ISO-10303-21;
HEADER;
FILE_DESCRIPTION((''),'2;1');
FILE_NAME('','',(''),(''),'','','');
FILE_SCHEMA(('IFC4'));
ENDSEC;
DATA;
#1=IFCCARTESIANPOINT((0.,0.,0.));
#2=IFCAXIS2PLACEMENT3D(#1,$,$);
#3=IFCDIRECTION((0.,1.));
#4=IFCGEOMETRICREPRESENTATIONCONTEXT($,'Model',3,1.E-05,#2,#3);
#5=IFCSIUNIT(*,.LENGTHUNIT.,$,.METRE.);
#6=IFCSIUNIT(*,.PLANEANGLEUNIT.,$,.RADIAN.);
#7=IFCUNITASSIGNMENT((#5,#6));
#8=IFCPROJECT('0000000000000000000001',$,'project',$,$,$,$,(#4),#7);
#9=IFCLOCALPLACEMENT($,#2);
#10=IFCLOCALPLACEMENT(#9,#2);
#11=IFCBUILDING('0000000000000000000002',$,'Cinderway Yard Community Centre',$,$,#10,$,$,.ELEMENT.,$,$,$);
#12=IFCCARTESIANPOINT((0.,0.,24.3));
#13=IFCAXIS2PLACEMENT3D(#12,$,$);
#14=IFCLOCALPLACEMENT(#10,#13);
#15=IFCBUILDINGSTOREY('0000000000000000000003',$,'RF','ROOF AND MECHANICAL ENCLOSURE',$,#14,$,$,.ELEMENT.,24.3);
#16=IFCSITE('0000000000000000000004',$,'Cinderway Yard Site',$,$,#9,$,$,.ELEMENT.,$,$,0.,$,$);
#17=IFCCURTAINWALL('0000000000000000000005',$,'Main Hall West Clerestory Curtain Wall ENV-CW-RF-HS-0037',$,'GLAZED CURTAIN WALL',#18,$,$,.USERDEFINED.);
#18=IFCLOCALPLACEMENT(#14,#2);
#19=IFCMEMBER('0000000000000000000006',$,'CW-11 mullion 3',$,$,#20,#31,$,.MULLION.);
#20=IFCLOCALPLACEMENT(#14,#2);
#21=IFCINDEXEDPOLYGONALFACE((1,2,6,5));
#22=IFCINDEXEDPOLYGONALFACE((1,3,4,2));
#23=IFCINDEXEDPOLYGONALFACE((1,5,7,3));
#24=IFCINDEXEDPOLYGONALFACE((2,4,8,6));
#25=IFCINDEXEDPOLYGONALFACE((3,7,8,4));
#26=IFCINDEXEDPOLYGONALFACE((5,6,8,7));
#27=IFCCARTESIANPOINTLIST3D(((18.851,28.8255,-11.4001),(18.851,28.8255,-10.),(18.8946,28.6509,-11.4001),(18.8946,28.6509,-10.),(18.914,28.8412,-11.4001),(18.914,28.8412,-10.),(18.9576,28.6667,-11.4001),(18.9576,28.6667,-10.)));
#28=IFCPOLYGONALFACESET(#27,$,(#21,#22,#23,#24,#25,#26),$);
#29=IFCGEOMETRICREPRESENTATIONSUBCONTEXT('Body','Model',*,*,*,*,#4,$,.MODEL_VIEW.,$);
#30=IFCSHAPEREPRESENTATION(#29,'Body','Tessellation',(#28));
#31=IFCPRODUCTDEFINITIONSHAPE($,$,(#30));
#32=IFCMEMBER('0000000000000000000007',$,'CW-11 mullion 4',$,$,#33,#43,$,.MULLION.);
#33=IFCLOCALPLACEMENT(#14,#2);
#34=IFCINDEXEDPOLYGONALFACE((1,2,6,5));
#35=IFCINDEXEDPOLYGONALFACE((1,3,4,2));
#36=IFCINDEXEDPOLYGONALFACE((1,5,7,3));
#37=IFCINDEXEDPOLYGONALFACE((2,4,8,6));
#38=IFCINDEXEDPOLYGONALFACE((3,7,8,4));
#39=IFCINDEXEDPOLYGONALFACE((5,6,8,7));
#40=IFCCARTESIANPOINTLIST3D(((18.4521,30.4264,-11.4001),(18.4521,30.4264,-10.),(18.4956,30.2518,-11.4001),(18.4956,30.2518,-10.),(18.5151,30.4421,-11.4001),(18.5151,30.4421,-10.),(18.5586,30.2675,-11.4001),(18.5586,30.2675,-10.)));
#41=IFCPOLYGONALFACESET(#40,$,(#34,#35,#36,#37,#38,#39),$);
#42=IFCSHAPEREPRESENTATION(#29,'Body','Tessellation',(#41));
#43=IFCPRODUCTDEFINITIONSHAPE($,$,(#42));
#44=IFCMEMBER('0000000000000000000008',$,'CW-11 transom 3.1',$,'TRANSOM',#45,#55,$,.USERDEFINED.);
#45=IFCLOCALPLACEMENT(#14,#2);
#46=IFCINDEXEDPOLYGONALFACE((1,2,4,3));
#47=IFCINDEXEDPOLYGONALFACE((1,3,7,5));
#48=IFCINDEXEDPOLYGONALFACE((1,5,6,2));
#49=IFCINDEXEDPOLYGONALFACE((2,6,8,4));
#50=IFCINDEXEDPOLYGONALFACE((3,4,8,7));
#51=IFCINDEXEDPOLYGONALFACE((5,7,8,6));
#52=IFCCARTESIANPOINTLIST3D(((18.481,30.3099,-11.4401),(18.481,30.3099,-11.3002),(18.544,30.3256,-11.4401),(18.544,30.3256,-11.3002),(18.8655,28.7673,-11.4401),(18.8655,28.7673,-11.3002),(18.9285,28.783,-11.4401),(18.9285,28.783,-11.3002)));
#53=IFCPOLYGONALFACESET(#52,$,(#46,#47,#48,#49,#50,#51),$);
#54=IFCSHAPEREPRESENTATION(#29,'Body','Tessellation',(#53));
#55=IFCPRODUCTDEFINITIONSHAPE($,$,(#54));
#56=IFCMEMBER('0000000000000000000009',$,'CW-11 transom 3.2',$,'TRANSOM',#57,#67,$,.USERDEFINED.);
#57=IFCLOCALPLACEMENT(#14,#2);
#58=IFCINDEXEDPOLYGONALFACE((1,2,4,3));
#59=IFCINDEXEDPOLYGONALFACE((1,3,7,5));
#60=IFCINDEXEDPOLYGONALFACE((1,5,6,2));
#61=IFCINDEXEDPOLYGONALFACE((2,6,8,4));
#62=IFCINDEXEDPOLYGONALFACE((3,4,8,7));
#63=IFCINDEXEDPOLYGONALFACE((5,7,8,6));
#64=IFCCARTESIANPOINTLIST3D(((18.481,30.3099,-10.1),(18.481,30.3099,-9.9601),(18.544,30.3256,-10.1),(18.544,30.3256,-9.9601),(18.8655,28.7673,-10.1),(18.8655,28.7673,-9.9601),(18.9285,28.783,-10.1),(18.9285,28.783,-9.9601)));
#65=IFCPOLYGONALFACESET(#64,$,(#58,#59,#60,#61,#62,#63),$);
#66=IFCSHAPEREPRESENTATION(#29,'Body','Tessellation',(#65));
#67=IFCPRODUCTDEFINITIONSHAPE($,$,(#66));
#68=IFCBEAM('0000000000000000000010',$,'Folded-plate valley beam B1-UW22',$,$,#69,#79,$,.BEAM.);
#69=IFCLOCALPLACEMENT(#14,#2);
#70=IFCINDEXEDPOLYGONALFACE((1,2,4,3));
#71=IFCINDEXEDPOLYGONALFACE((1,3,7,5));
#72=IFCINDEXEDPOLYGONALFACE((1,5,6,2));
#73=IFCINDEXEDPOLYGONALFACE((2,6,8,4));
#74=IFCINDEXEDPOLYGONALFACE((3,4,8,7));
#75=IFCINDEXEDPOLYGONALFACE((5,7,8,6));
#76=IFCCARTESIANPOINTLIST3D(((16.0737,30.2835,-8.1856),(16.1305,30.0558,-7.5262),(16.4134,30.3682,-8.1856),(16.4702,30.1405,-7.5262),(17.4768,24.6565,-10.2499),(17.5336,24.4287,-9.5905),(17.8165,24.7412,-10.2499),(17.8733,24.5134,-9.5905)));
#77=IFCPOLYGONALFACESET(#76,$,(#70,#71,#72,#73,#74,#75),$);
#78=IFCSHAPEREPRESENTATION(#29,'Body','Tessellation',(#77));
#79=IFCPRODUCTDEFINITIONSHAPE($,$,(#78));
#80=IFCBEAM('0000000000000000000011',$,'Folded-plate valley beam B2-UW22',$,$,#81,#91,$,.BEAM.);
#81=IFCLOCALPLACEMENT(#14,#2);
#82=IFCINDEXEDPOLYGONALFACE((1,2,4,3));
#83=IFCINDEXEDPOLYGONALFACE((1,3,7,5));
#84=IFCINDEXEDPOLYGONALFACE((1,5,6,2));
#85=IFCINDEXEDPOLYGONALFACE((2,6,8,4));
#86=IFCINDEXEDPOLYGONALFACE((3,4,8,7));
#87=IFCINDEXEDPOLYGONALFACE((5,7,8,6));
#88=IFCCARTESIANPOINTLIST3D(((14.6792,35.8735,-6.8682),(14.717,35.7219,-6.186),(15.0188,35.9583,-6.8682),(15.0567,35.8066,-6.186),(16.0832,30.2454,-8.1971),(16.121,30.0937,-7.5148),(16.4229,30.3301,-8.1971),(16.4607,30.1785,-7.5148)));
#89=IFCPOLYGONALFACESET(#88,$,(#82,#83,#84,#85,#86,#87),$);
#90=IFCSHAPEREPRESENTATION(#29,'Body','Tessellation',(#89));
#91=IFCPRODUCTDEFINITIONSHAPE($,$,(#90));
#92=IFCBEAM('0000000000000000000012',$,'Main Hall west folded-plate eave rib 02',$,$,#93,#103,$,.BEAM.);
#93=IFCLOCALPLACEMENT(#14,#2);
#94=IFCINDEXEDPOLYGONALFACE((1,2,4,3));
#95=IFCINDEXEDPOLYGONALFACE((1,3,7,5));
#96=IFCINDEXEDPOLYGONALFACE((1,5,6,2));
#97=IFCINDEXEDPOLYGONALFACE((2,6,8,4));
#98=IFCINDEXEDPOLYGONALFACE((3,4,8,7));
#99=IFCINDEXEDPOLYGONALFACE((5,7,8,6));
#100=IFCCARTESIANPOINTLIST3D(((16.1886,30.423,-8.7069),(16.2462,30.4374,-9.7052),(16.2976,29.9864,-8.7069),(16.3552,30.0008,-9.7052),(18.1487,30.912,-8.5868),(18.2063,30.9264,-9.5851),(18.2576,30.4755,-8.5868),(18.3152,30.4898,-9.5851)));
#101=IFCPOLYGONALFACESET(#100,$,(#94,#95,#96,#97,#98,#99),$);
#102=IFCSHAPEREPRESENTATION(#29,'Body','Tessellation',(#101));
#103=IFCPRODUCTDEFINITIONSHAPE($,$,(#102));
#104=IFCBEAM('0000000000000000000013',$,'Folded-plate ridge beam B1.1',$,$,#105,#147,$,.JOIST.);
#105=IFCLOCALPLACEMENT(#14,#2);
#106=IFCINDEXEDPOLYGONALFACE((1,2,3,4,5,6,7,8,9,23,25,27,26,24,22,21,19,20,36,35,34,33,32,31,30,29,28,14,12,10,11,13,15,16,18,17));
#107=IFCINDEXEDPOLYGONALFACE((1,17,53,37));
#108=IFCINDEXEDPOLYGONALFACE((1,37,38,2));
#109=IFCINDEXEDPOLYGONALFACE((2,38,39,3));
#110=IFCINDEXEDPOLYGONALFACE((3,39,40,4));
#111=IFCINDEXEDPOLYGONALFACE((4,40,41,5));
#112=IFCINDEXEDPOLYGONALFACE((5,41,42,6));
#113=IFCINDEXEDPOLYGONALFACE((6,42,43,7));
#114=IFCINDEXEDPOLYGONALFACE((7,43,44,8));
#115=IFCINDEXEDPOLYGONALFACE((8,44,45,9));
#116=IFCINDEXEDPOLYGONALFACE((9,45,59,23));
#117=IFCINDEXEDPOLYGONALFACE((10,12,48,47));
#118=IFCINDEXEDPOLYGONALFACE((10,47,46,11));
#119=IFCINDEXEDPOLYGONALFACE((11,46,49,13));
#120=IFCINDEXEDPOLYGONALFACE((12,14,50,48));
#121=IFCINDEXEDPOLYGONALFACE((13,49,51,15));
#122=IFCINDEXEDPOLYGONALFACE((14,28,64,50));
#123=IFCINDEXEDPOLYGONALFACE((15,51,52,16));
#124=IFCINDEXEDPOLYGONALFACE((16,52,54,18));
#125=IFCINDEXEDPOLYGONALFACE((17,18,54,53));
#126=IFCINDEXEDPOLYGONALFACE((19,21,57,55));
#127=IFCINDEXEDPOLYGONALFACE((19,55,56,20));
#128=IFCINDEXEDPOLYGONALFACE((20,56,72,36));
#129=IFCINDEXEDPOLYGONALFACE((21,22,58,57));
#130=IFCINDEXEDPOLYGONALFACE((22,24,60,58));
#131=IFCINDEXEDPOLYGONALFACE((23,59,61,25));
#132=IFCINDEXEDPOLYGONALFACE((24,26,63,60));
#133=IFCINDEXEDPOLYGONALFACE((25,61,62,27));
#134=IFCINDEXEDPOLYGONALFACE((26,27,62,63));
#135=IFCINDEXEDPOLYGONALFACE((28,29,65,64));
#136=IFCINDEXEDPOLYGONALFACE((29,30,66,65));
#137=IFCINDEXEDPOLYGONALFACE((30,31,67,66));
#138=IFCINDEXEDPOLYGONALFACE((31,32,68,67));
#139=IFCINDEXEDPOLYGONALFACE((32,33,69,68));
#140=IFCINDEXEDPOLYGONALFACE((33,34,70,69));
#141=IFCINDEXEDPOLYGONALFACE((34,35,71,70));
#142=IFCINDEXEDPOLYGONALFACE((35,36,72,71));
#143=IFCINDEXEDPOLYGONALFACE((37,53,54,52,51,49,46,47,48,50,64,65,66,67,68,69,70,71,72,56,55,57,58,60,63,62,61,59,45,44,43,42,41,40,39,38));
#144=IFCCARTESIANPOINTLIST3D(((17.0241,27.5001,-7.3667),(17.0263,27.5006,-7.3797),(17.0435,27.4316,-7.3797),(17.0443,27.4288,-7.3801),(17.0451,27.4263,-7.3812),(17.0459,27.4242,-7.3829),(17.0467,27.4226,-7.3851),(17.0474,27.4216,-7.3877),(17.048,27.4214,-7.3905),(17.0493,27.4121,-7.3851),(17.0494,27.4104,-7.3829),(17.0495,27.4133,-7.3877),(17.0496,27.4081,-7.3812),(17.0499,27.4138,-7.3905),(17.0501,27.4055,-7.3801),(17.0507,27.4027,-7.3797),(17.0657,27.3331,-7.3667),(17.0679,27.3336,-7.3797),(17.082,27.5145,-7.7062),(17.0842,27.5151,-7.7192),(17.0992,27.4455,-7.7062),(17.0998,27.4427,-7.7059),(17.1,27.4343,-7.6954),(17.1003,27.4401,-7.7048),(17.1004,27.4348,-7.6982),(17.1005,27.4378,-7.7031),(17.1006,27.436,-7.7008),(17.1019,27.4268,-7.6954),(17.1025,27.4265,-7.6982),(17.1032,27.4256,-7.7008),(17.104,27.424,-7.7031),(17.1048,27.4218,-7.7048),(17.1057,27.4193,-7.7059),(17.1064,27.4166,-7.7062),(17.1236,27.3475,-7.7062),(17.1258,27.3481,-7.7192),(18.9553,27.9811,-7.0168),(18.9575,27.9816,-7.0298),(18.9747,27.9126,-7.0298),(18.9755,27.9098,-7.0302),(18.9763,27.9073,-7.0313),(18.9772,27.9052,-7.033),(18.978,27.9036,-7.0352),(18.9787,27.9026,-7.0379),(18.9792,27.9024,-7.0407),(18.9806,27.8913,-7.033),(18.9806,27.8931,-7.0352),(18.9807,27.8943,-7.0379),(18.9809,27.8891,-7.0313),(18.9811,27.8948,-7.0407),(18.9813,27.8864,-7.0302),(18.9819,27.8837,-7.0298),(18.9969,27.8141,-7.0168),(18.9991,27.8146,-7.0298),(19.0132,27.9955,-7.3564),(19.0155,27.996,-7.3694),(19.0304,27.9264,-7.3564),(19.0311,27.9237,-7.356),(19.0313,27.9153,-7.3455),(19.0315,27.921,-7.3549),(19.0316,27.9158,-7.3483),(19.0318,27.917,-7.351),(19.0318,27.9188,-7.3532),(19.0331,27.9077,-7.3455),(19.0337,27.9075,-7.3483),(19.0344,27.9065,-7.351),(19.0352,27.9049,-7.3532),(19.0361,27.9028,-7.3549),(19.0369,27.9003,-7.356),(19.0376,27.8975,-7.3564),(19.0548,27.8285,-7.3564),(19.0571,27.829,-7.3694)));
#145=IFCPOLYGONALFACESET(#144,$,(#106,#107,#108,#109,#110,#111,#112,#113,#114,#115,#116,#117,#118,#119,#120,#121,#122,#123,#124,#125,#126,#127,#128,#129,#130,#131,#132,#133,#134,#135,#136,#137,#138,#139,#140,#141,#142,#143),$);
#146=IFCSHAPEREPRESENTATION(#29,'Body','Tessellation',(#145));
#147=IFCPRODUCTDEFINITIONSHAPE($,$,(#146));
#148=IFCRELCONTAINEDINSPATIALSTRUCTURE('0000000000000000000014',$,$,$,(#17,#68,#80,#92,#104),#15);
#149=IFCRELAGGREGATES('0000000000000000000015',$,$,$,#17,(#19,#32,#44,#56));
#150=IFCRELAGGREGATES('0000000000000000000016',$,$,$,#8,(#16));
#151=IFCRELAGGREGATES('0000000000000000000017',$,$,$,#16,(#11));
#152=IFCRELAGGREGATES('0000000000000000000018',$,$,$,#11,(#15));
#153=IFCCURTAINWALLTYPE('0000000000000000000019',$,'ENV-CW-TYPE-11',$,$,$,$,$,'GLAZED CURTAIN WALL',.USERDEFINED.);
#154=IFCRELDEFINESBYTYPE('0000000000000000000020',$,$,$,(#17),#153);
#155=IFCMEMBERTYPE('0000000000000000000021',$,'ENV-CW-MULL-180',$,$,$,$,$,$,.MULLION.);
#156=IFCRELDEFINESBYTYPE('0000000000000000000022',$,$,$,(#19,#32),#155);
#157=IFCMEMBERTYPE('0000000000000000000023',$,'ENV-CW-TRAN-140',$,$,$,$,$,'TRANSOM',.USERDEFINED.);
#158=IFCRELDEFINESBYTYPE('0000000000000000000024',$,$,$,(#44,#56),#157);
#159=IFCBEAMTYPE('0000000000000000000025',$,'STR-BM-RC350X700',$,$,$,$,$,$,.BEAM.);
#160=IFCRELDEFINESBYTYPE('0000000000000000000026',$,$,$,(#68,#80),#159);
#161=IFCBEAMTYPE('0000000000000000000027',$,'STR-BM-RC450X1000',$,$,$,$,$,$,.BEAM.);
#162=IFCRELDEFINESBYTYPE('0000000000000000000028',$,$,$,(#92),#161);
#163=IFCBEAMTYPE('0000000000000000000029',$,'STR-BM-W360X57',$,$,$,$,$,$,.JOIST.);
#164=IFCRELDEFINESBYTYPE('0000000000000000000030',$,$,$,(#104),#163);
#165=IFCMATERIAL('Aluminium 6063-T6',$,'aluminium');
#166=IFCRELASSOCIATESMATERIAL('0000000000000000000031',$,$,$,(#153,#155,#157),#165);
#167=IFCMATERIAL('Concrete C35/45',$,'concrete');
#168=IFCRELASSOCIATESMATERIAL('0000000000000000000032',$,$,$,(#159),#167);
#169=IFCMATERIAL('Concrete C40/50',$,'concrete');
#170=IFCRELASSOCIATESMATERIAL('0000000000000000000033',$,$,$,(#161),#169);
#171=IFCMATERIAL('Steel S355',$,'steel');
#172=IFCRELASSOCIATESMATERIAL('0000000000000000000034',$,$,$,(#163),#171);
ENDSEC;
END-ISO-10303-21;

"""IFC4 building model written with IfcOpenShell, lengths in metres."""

from ifc_helpers import new_model, si_unit, direction, frame, origin, origin_2d, place, context, subcontext, project, spatial, rectangle, i_section, extrude, material, material_profile, profile_set, type_object, element, aggregate, save


model = new_model("IFC4")

# Units and contexts
model_context = context("Model", 3, precision=1e-05, world=origin(), true_north=direction((0.0, 1.0)))
body_context = subcontext(model_context, "Body", "Model", "MODEL_VIEW")
ifc_project = project(units=[si_unit("LENGTHUNIT", "METRE"), si_unit("PLANEANGLEUNIT", "RADIAN")], contexts=[model_context])

# Site, building, storey
site_placement = place(None, origin())
site = spatial("IfcSite", under=ifc_project, at=site_placement, Name="Cinderway Yard Site", CompositionType="ELEMENT", RefElevation=0.0)
building_placement = place(site_placement, origin())
building = spatial("IfcBuilding", under=site, at=building_placement, Name="Cinderway Yard Community Centre", CompositionType="ELEMENT")
storey_placement = place(building_placement, frame((0.0, 0.0, 24.3)))
storey = spatial("IfcBuildingStorey", under=building, at=storey_placement, Name="RF", Description="ROOF AND MECHANICAL ENCLOSURE", CompositionType="ELEMENT", Elevation=24.3)

# Curtain wall, members
ifc_material_1 = material(Name="Aluminium 6063-T6", Category="aluminium")
curtain_wall_type = type_object("IfcCurtainWallType", Name="ENV-CW-TYPE-11", ElementType="GLAZED CURTAIN WALL", PredefinedType="USERDEFINED", material=ifc_material_1)
curtain_wall_placement = place(storey_placement, origin())
curtain_wall = element("IfcCurtainWall", 1, at=curtain_wall_placement, inside=storey, type_object=curtain_wall_type, Name="Main Hall West Clerestory Curtain Wall ENV-CW-RF-HS-0037", ObjectType="GLAZED CURTAIN WALL", PredefinedType="USERDEFINED")
ifc_material_profile_1 = material_profile(ifc_material_1, rectangle(XDim=0.0649, YDim=0.1799, at=origin_2d()), Name="Aluminium 6063-T6")
ifc_profile_set_1 = profile_set([ifc_material_profile_1], Name="Aluminium 6063-T6")
member_type_1 = type_object("IfcMemberType", Name="ENV-CW-MULL-180", PredefinedType="MULLION", material=ifc_profile_set_1)
member_1_placement = place(storey_placement, frame((18.9043, 28.7461, -11.4001), z_axis=(0.0, 0.0, 1.0), x_axis=(-0.970306, -0.241882, 0.0)))
member_1 = element("IfcMember", 2, at=member_1_placement, type_object=member_type_1, Name="CW-11 mullion 3", PredefinedType="MULLION", context=body_context, shape_type="SweptSolid", body=[
    extrude(rectangle(XDim=0.0649, YDim=0.1799, at=origin_2d()), origin(), (0.0, 0.0, 1.0), 1.4001),
])
member_2_placement = place(storey_placement, frame((18.5054, 30.3469, -11.4001), z_axis=(0.0, 0.0, 1.0), x_axis=(-0.970306, -0.241882, 0.0)))
member_2 = element("IfcMember", 3, at=member_2_placement, type_object=member_type_1, Name="CW-11 mullion 4", PredefinedType="MULLION", context=body_context, shape_type="SweptSolid", body=[
    extrude(rectangle(XDim=0.0649, YDim=0.1799, at=origin_2d()), origin(), (0.0, 0.0, 1.0), 1.4001),
])
ifc_material_profile_2 = material_profile(ifc_material_1, rectangle(XDim=0.0649, YDim=0.1399, at=origin_2d()), Name="Aluminium 6063-T6")
ifc_profile_set_2 = profile_set([ifc_material_profile_2], Name="Aluminium 6063-T6")
member_type_2 = type_object("IfcMemberType", Name="ENV-CW-TRAN-140", ElementType="TRANSOM", PredefinedType="USERDEFINED", material=ifc_profile_set_2)
member_3_placement = place(storey_placement, frame((18.897, 28.7751, -11.3701), z_axis=(-0.241849, 0.970314, 0.0), x_axis=(-0.970314, -0.241849, 0.0)))
member_3 = element("IfcMember", 4, at=member_3_placement, type_object=member_type_2, Name="CW-11 transom 3.1", ObjectType="TRANSOM", PredefinedType="USERDEFINED", context=body_context, shape_type="SweptSolid", body=[
    extrude(rectangle(XDim=0.0649, YDim=0.1399, at=origin_2d()), origin(), (0.0, 0.0, 1.0), 1.5898),
])
member_4_placement = place(storey_placement, frame((18.897, 28.7751, -10.03), z_axis=(-0.241849, 0.970314, 0.0), x_axis=(-0.970314, -0.241849, 0.0)))
member_4 = element("IfcMember", 5, at=member_4_placement, type_object=member_type_2, Name="CW-11 transom 3.2", ObjectType="TRANSOM", PredefinedType="USERDEFINED", context=body_context, shape_type="SweptSolid", body=[
    extrude(rectangle(XDim=0.0649, YDim=0.1399, at=origin_2d()), origin(), (0.0, 0.0, 1.0), 1.5898),
])

# Beams
ifc_material_2 = material(Name="Concrete C35/45", Category="concrete")
ifc_material_profile_3 = material_profile(ifc_material_2, rectangle(XDim=0.3501, YDim=0.7, at=origin_2d()), Name="Concrete C35/45")
ifc_profile_set_3 = profile_set([ifc_material_profile_3], Name="Concrete C35/45")
beam_type_1 = type_object("IfcBeamType", Name="STR-BM-RC350X700", PredefinedType="BEAM", material=ifc_profile_set_3)
beam_1_placement = place(storey_placement, frame((17.675, 24.585, -9.9202), z_axis=(-0.227933, 0.91411, 0.335335), x_axis=(-0.970291, -0.241941, 0.0)))
element("IfcBeam", 6, at=beam_1_placement, inside=storey, type_object=beam_type_1, Name="Folded-plate valley beam B1-UW22", PredefinedType="BEAM", context=body_context, shape_type="SweptSolid", body=[
    extrude(rectangle(XDim=0.3501, YDim=0.7, at=origin_2d()), origin(), (0.0, 0.0, 1.0), 6.1558),
])
beam_2_placement = place(storey_placement, frame((16.272, 30.2119, -7.856), z_axis=(-0.235938, 0.945764, 0.223302), x_axis=(-0.970264, -0.24205, 0.0)))
element("IfcBeam", 7, at=beam_2_placement, inside=storey, type_object=beam_type_1, Name="Folded-plate valley beam B2-UW22", PredefinedType="BEAM", context=body_context, shape_type="SweptSolid", body=[
    extrude(rectangle(XDim=0.3501, YDim=0.7, at=origin_2d()), origin(), (0.0, 0.0, 1.0), 5.9509),
])
ifc_material_3 = material(Name="Concrete C40/50", Category="concrete")
ifc_material_profile_4 = material_profile(ifc_material_3, rectangle(XDim=0.45, YDim=1.0, at=origin_2d()), Name="Concrete C40/50")
ifc_profile_set_4 = profile_set([ifc_material_profile_4], Name="Concrete C40/50")
beam_type_2 = type_object("IfcBeamType", Name="STR-BM-RC450X1000", PredefinedType="BEAM", material=ifc_profile_set_4)
beam_3_placement = place(storey_placement, frame((18.2319, 30.7009, -9.0859), z_axis=(-0.968545, -0.241654, -0.059358), x_axis=(0.242081, -0.970256, 0.0)))
element("IfcBeam", 8, at=beam_3_placement, inside=storey, type_object=beam_type_2, Name="Main Hall west folded-plate eave rib 02", PredefinedType="BEAM", context=body_context, shape_type="SweptSolid", body=[
    extrude(rectangle(XDim=0.45, YDim=1.0, at=origin_2d()), origin(), (0.0, 0.0, 1.0), 2.0237),
])
ifc_material_4 = material(Name="Steel S355", Category="steel")
ifc_material_profile_5 = material_profile(ifc_material_4, i_section(OverallWidth=0.1721, OverallDepth=0.3579, WebThickness=0.0078, FlangeThickness=0.0132, FilletRadius=0.011, at=origin_2d()), Name="Steel S355")
ifc_profile_set_5 = profile_set([ifc_material_profile_5], Name="Steel S355")
beam_type_3 = type_object("IfcBeamType", Name="STR-BM-W360X57", PredefinedType="JOIST", material=ifc_profile_set_5)
beam_4_placement = place(storey_placement, frame((17.075, 27.4241, -7.543), z_axis=(0.955704, 0.23802, 0.173138), x_axis=(-0.24167, 0.970359, 0.0)))
element("IfcBeam", 9, at=beam_4_placement, inside=storey, type_object=beam_type_3, Name="Folded-plate ridge beam B1.1", PredefinedType="JOIST", context=body_context, shape_type="SweptSolid", body=[
    extrude(i_section(OverallWidth=0.1721, OverallDepth=0.3579, WebThickness=0.0078, FlangeThickness=0.0132, FilletRadius=0.011, at=origin_2d()), origin(), (0.0, 0.0, 1.0), 2.0208),
])

aggregate(curtain_wall, [member_1, member_2, member_3, member_4])

save(model, "model.ifc")
